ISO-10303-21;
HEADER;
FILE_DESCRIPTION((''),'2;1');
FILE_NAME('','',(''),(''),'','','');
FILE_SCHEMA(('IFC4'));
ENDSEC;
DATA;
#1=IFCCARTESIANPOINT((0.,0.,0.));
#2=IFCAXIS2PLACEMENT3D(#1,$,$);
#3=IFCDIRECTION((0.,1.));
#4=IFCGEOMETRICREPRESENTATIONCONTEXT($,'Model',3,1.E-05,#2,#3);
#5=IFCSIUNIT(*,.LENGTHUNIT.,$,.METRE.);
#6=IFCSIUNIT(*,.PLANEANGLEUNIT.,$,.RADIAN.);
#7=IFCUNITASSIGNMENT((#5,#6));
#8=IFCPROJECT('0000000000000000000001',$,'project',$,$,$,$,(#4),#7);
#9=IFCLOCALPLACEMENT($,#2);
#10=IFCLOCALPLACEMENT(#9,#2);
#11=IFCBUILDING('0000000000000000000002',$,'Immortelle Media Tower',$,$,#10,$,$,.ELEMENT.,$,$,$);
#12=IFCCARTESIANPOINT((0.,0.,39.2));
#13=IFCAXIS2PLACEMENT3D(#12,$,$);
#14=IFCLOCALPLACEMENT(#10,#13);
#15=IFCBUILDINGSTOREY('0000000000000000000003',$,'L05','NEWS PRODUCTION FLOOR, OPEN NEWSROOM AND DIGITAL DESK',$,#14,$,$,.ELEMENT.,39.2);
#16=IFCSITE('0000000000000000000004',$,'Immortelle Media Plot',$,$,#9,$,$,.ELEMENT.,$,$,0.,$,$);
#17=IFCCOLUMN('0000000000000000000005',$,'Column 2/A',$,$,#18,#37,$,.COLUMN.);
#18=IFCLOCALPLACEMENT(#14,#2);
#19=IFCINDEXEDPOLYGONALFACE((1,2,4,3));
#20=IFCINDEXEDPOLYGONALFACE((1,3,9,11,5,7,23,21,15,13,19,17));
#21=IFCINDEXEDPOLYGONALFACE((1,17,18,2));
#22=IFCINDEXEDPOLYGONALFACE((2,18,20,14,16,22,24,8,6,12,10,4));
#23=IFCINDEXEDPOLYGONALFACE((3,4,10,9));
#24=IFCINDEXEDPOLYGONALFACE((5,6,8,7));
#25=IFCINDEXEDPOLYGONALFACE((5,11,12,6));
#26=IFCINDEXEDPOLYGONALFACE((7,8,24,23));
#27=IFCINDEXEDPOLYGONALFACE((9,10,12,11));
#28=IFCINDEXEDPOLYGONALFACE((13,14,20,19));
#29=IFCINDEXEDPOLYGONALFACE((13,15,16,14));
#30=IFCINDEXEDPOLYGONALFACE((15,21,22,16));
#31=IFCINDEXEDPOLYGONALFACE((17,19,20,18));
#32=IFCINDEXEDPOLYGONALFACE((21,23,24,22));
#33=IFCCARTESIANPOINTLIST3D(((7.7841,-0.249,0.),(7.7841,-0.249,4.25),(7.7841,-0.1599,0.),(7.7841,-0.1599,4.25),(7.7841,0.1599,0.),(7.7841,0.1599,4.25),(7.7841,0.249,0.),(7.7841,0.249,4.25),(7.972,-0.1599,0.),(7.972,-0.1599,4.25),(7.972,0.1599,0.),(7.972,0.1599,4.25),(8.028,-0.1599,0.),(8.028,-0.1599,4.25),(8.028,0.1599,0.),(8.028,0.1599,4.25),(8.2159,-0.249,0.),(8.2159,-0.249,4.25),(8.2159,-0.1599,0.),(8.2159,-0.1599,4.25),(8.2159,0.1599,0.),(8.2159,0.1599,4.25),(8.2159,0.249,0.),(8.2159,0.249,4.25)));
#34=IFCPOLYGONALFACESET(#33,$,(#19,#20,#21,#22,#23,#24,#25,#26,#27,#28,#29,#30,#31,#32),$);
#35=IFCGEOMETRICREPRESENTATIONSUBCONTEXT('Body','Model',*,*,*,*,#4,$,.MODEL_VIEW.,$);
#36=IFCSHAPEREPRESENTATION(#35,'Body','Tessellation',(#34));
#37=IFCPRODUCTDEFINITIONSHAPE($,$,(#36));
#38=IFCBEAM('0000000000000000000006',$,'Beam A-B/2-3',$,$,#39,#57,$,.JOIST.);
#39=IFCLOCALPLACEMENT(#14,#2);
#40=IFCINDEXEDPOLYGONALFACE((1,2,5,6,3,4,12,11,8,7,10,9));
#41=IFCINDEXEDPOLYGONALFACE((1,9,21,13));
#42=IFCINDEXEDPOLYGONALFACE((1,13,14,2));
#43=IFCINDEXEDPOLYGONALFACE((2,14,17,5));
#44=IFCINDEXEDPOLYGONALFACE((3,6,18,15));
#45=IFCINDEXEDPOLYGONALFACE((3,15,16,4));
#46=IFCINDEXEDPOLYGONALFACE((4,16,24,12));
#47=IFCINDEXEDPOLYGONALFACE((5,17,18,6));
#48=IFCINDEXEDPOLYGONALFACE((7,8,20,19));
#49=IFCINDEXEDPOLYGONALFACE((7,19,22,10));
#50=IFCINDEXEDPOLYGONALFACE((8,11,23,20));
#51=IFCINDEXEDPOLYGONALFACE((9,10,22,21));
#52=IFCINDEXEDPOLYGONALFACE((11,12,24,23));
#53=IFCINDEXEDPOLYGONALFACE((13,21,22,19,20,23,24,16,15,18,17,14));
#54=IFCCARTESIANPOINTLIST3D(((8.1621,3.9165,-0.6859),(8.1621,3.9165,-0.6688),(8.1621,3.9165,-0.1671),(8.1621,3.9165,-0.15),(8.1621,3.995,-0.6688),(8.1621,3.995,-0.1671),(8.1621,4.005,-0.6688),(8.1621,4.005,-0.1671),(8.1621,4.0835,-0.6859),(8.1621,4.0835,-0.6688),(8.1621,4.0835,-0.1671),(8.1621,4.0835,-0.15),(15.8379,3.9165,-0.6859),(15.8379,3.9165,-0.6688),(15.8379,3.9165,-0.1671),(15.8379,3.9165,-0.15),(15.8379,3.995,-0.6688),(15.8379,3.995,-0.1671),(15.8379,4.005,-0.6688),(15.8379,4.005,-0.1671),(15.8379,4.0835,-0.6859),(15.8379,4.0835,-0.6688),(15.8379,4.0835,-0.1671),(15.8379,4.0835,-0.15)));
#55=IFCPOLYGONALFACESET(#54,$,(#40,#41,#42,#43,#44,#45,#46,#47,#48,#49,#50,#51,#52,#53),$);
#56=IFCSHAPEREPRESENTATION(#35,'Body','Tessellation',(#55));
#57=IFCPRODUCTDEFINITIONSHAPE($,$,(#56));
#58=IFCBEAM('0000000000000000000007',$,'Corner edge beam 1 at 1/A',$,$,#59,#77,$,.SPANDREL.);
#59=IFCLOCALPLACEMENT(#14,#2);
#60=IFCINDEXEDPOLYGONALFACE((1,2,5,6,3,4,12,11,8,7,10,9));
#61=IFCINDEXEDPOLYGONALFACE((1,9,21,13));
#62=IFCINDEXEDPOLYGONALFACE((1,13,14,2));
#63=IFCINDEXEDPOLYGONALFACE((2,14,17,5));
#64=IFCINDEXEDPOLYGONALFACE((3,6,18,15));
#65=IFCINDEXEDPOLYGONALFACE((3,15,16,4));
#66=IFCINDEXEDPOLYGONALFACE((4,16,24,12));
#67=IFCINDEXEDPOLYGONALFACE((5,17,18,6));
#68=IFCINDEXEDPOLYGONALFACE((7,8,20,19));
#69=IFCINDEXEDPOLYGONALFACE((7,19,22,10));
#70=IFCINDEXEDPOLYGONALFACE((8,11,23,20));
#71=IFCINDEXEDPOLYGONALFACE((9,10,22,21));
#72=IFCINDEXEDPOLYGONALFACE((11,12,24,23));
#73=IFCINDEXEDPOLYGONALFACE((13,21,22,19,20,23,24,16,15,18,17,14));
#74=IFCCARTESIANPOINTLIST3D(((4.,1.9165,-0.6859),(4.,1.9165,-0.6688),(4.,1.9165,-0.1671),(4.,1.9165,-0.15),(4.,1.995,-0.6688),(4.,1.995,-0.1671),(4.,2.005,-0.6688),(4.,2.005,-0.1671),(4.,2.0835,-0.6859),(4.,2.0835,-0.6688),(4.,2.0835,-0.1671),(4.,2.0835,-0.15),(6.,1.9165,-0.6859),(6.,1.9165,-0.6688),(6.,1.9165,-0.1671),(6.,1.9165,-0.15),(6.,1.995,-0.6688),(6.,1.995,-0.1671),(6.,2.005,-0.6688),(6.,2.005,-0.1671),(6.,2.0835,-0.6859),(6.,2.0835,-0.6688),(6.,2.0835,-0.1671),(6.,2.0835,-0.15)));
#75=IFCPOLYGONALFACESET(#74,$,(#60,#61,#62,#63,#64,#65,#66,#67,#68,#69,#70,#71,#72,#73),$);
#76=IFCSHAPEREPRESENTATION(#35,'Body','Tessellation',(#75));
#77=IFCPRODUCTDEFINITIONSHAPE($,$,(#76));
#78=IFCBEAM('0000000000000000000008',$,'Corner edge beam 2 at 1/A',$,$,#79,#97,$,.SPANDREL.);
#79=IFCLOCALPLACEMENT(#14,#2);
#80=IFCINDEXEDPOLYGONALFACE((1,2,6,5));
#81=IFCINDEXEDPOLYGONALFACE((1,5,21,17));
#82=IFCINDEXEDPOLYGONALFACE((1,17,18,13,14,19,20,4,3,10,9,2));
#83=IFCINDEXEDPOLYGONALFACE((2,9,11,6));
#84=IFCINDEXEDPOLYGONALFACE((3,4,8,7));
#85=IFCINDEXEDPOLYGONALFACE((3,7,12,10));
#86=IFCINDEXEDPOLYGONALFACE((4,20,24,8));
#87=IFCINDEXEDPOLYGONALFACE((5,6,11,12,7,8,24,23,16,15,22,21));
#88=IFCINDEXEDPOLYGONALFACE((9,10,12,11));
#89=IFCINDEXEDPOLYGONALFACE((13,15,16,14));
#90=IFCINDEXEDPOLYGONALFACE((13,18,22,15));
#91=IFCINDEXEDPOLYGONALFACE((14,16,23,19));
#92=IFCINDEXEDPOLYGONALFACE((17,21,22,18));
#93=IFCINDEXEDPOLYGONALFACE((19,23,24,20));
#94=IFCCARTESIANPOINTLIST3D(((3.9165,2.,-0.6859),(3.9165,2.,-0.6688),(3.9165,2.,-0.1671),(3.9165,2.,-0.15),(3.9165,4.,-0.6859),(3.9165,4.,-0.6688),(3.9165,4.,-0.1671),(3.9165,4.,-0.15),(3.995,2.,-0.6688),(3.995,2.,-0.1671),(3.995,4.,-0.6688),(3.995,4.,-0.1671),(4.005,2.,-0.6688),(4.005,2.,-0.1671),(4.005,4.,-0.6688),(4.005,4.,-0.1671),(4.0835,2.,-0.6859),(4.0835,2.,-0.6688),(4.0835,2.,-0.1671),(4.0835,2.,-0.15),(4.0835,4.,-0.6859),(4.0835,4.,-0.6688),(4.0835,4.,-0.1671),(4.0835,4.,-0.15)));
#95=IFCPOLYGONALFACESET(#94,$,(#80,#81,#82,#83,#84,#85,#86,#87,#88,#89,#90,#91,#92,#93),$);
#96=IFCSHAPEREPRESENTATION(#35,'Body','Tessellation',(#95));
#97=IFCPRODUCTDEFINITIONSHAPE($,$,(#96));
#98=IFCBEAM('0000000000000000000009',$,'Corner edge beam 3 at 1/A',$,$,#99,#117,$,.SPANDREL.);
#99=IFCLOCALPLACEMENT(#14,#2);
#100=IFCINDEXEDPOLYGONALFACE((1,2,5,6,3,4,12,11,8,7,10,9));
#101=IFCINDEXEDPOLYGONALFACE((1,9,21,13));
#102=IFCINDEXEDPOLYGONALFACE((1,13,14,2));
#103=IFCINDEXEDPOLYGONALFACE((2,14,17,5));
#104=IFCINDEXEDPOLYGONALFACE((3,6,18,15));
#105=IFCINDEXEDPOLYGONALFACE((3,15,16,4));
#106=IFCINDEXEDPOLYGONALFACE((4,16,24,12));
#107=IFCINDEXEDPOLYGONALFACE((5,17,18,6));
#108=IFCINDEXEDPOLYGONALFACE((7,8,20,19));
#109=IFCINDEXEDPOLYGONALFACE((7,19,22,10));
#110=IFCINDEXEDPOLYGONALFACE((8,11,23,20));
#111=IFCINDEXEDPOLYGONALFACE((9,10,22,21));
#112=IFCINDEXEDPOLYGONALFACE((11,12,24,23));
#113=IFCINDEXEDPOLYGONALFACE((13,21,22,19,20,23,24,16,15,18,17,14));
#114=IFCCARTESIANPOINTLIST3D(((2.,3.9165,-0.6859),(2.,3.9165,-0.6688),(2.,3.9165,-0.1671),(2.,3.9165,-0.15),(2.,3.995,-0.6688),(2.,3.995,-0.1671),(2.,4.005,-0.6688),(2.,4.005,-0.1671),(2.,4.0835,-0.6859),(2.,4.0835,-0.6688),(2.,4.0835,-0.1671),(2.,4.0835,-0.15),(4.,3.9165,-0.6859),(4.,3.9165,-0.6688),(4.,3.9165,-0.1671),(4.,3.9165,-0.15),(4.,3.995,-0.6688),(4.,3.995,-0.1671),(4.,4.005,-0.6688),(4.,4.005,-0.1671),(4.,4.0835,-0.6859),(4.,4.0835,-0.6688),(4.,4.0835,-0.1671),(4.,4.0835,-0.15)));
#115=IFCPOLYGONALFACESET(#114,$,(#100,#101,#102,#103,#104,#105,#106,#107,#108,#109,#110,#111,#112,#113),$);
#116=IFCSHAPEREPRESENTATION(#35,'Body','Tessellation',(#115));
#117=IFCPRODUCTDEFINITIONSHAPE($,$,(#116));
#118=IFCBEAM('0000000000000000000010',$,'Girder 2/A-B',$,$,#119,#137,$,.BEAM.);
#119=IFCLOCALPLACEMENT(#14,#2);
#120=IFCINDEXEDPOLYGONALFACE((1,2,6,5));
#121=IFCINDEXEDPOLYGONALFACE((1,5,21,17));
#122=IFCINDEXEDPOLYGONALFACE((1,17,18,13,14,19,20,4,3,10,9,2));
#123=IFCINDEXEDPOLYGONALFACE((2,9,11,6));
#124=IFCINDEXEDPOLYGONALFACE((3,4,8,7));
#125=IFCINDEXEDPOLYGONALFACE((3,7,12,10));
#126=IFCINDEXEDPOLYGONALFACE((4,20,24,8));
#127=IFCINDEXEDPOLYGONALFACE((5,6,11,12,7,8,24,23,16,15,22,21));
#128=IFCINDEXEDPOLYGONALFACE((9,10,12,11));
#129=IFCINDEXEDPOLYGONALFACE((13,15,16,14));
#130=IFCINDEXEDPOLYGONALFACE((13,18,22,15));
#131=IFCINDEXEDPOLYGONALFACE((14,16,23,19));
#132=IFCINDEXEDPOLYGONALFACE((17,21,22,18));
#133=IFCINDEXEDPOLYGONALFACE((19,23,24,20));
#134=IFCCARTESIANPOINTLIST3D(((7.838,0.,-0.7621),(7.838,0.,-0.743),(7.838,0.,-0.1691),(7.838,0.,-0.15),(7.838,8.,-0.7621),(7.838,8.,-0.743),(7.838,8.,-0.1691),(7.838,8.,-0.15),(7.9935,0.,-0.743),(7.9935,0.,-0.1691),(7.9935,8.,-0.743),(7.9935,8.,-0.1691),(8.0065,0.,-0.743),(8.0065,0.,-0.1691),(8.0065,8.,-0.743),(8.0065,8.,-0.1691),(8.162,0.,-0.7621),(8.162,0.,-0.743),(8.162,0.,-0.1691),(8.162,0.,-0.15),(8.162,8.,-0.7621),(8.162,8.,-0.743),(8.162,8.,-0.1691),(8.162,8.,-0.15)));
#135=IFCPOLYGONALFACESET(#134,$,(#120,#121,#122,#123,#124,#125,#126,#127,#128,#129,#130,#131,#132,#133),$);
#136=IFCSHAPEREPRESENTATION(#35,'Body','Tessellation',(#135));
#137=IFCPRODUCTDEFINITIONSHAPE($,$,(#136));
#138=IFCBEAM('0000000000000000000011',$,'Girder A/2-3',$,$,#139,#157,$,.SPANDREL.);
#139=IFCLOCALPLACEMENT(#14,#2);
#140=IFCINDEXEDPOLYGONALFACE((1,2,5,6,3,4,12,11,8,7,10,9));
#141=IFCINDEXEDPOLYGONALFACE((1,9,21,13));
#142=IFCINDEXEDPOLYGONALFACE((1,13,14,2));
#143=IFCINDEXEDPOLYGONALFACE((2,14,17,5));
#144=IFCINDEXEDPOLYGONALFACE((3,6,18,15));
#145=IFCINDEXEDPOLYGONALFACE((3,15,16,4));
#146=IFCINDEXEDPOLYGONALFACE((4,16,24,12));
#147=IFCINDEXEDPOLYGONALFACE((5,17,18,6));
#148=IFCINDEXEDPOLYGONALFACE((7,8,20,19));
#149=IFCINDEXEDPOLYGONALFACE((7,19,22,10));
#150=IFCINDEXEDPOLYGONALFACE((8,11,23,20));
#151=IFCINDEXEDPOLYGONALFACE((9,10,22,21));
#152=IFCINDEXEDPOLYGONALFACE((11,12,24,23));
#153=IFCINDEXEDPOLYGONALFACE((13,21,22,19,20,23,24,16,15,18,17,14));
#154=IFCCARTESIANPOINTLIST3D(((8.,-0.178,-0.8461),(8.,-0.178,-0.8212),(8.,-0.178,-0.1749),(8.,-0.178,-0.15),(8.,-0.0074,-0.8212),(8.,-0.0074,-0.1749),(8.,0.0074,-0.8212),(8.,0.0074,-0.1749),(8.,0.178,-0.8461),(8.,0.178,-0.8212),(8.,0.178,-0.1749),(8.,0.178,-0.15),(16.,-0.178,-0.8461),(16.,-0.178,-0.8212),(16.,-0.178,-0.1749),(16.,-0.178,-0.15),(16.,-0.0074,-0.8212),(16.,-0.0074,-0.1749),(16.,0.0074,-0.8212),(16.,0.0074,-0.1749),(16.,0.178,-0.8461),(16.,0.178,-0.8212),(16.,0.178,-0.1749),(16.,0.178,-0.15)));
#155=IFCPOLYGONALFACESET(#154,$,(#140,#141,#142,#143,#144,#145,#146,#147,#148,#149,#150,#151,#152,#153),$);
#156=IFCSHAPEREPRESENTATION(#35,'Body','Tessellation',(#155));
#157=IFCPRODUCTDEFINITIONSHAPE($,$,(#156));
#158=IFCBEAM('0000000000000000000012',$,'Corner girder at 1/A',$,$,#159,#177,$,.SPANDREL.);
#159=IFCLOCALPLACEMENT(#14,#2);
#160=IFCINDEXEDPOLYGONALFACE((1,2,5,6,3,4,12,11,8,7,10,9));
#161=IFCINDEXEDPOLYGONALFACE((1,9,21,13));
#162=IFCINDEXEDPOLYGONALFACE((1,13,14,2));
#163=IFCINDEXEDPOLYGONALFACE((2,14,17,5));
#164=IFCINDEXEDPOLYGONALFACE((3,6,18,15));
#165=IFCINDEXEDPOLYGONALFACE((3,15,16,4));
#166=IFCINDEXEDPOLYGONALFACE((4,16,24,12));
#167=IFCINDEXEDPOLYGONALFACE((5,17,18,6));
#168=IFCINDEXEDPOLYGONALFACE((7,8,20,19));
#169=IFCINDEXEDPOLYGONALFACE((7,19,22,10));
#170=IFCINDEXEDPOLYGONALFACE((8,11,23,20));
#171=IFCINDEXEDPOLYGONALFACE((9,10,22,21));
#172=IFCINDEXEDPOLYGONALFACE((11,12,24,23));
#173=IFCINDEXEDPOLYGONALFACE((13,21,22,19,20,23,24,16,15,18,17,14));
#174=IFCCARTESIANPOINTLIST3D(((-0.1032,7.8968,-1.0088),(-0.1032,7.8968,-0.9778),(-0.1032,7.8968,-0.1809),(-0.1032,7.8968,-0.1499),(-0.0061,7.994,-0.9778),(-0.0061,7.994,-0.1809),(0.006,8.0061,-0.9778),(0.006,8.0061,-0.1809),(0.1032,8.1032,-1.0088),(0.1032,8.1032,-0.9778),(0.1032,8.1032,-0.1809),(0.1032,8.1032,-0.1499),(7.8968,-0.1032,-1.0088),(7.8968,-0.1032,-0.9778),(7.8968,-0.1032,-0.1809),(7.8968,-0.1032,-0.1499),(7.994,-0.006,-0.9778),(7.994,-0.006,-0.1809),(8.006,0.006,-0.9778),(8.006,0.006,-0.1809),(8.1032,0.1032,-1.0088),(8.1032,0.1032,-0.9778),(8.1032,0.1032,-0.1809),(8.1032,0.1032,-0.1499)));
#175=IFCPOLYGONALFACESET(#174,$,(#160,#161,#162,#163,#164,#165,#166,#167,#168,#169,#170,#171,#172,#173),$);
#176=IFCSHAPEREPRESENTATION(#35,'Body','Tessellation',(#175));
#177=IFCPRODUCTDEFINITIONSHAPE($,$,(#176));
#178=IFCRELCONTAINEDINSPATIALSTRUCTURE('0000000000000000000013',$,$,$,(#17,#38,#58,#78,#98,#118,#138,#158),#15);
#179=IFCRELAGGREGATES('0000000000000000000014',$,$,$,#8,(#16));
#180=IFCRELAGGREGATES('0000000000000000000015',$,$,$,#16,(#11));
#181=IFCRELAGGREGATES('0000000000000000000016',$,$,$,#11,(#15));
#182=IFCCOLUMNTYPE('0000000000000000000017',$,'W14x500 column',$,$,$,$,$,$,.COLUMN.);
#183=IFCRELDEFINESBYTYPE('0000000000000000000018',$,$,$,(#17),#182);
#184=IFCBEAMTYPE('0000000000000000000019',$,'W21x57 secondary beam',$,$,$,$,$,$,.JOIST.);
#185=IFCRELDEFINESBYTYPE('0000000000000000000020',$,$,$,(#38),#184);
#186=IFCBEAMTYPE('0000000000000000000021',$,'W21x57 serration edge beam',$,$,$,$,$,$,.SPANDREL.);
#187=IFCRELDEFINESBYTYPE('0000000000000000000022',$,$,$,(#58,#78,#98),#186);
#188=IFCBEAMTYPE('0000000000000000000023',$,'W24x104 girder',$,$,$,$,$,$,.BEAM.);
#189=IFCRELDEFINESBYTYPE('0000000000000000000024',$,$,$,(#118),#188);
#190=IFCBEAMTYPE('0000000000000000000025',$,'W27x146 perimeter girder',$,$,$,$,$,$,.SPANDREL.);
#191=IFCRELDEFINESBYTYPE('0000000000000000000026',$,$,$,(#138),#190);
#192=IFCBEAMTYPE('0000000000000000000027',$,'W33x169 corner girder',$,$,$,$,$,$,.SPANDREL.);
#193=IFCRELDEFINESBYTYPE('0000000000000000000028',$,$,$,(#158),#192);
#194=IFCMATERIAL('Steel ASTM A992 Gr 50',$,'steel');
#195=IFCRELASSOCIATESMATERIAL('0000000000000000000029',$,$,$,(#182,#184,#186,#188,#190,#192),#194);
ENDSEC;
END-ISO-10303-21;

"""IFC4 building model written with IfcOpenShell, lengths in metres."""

from ifc_helpers import new_model, si_unit, direction, frame, origin, origin_2d, place, context, subcontext, project, spatial, i_section, extrude, material, material_profile, profile_set, type_object, element, save


model = new_model("IFC4")

# Units and contexts
model_context = context("Model", 3, precision=1e-05, world=origin(), true_north=direction((0.0, 1.0)))
body_context = subcontext(model_context, "Body", "Model", "MODEL_VIEW")
ifc_project = project(units=[si_unit("LENGTHUNIT", "METRE"), si_unit("PLANEANGLEUNIT", "RADIAN")], contexts=[model_context])

# Site, building, storey
site_placement = place(None, origin())
site = spatial("IfcSite", under=ifc_project, at=site_placement, Name="Immortelle Media Plot", CompositionType="ELEMENT", RefElevation=0.0)
building_placement = place(site_placement, origin())
building = spatial("IfcBuilding", under=site, at=building_placement, Name="Immortelle Media Tower", CompositionType="ELEMENT")
storey_placement = place(building_placement, frame((0.0, 0.0, 39.2)))
storey = spatial("IfcBuildingStorey", under=building, at=storey_placement, Name="L05", Description="NEWS PRODUCTION FLOOR, OPEN NEWSROOM AND DIGITAL DESK", CompositionType="ELEMENT", Elevation=39.2)

# Column
ifc_material_1 = material(Name="Steel ASTM A992 Gr 50", Category="steel")
ifc_material_profile_1 = material_profile(ifc_material_1, i_section(OverallWidth=0.4319, OverallDepth=0.498, WebThickness=0.0559, FlangeThickness=0.0891, at=origin_2d()), Name="W14x500")
ifc_profile_set_1 = profile_set([ifc_material_profile_1], Name="Steel ASTM A992 Gr 50")
column_type = type_object("IfcColumnType", Name="W14x500 column", PredefinedType="COLUMN", material=ifc_profile_set_1)
column_placement = place(storey_placement, frame((8.0, 0.0, 0.0), z_axis=(0.0, 0.0, 1.0), x_axis=(1.0, 0.0, 0.0)))
element("IfcColumn", 1, at=column_placement, inside=storey, type_object=column_type, Name="Column 2/A", PredefinedType="COLUMN", context=body_context, shape_type="SweptSolid", body=[
    extrude(i_section(OverallWidth=0.4319, OverallDepth=0.498, WebThickness=0.0559, FlangeThickness=0.0891, at=origin_2d()), origin(), (0.0, 0.0, 1.0), 4.25),
])

# Beams
ifc_material_profile_2 = material_profile(ifc_material_1, i_section(OverallWidth=0.167, OverallDepth=0.5359, WebThickness=0.01, FlangeThickness=0.0171, at=origin_2d()), Name="W21x57")
ifc_profile_set_2 = profile_set([ifc_material_profile_2], Name="Steel ASTM A992 Gr 50")
beam_type_1 = type_object("IfcBeamType", Name="W21x57 secondary beam", PredefinedType="JOIST", material=ifc_profile_set_2)
beam_1_placement = place(storey_placement, frame((8.1621, 4.0, -0.418), z_axis=(1.0, 0.0, 0.0), x_axis=(0.0, 1.0, 0.0)))
element("IfcBeam", 2, at=beam_1_placement, inside=storey, type_object=beam_type_1, Name="Beam A-B/2-3", PredefinedType="JOIST", context=body_context, shape_type="SweptSolid", body=[
    extrude(i_section(OverallWidth=0.167, OverallDepth=0.5359, WebThickness=0.01, FlangeThickness=0.0171, at=origin_2d()), origin(), (0.0, 0.0, 1.0), 7.6758),
])
ifc_material_profile_3 = material_profile(ifc_material_1, i_section(OverallWidth=0.167, OverallDepth=0.5359, WebThickness=0.01, FlangeThickness=0.0171, at=origin_2d()), Name="W21x57")
ifc_profile_set_3 = profile_set([ifc_material_profile_3], Name="Steel ASTM A992 Gr 50")
beam_type_2 = type_object("IfcBeamType", Name="W21x57 serration edge beam", PredefinedType="SPANDREL", material=ifc_profile_set_3)
for number, where, z_axis, x_axis, name in (
    (3, (6.0, 2.0, -0.418), (-1.0, 0.0, 0.0), (0.0, -1.0, 0.0), "Corner edge beam 1 at 1/A"),
    (4, (4.0, 2.0, -0.418), (0.0, 1.0, 0.0), (-1.0, 0.0, 0.0), "Corner edge beam 2 at 1/A"),
    (5, (4.0, 4.0, -0.418), (-1.0, 0.0, 0.0), (0.0, -1.0, 0.0), "Corner edge beam 3 at 1/A"),
):
    element("IfcBeam", number, at=place(storey_placement, frame(where, z_axis=z_axis, x_axis=x_axis)), inside=storey, type_object=beam_type_2, Name=name, PredefinedType="SPANDREL", context=body_context, shape_type="SweptSolid", body=[
        extrude(i_section(OverallWidth=0.167, OverallDepth=0.5359, WebThickness=0.01, FlangeThickness=0.0171, at=origin_2d()), origin(), (0.0, 0.0, 1.0), 2.0),
    ])
ifc_material_profile_4 = material_profile(ifc_material_1, i_section(OverallWidth=0.324, OverallDepth=0.6121, WebThickness=0.0129, FlangeThickness=0.019, at=origin_2d()), Name="W24x104")
ifc_profile_set_4 = profile_set([ifc_material_profile_4], Name="Steel ASTM A992 Gr 50")
beam_type_3 = type_object("IfcBeamType", Name="W24x104 girder", PredefinedType="BEAM", material=ifc_profile_set_4)
beam_2_placement = place(storey_placement, frame((8.0, 0.0, -0.4561), z_axis=(0.0, 1.0, 0.0), x_axis=(-1.0, 0.0, 0.0)))
element("IfcBeam", 6, at=beam_2_placement, inside=storey, type_object=beam_type_3, Name="Girder 2/A-B", PredefinedType="BEAM", context=body_context, shape_type="SweptSolid", body=[
    extrude(i_section(OverallWidth=0.324, OverallDepth=0.6121, WebThickness=0.0129, FlangeThickness=0.019, at=origin_2d()), origin(), (0.0, 0.0, 1.0), 8.0),
])
ifc_material_profile_5 = material_profile(ifc_material_1, i_section(OverallWidth=0.356, OverallDepth=0.696, WebThickness=0.0149, FlangeThickness=0.0249, at=origin_2d()), Name="W27x146")
ifc_profile_set_5 = profile_set([ifc_material_profile_5], Name="Steel ASTM A992 Gr 50")
beam_type_4 = type_object("IfcBeamType", Name="W27x146 perimeter girder", PredefinedType="SPANDREL", material=ifc_profile_set_5)
beam_3_placement = place(storey_placement, frame((8.0, 0.0, -0.498), z_axis=(1.0, 0.0, 0.0), x_axis=(0.0, 1.0, 0.0)))
element("IfcBeam", 7, at=beam_3_placement, inside=storey, type_object=beam_type_4, Name="Girder A/2-3", PredefinedType="SPANDREL", context=body_context, shape_type="SweptSolid", body=[
    extrude(i_section(OverallWidth=0.356, OverallDepth=0.696, WebThickness=0.0149, FlangeThickness=0.0249, at=origin_2d()), origin(), (0.0, 0.0, 1.0), 8.0),
])
ifc_material_profile_6 = material_profile(ifc_material_1, i_section(OverallWidth=0.292, OverallDepth=0.8589, WebThickness=0.0171, FlangeThickness=0.031, at=origin_2d()), Name="W33x169")
ifc_profile_set_6 = profile_set([ifc_material_profile_6], Name="Steel ASTM A992 Gr 50")
beam_type_5 = type_object("IfcBeamType", Name="W33x169 corner girder", PredefinedType="SPANDREL", material=ifc_profile_set_6)
beam_4_placement = place(storey_placement, frame((8.0, 0.0, -0.5793), z_axis=(-0.707107, 0.707107, 0.0), x_axis=(-0.707107, -0.707107, 0.0)))
element("IfcBeam", 8, at=beam_4_placement, inside=storey, type_object=beam_type_5, Name="Corner girder at 1/A", PredefinedType="SPANDREL", context=body_context, shape_type="SweptSolid", body=[
    extrude(i_section(OverallWidth=0.292, OverallDepth=0.8589, WebThickness=0.0171, FlangeThickness=0.031, at=origin_2d()), origin(), (0.0, 0.0, 1.0), 11.3137),
])

save(model, "model.ifc")
